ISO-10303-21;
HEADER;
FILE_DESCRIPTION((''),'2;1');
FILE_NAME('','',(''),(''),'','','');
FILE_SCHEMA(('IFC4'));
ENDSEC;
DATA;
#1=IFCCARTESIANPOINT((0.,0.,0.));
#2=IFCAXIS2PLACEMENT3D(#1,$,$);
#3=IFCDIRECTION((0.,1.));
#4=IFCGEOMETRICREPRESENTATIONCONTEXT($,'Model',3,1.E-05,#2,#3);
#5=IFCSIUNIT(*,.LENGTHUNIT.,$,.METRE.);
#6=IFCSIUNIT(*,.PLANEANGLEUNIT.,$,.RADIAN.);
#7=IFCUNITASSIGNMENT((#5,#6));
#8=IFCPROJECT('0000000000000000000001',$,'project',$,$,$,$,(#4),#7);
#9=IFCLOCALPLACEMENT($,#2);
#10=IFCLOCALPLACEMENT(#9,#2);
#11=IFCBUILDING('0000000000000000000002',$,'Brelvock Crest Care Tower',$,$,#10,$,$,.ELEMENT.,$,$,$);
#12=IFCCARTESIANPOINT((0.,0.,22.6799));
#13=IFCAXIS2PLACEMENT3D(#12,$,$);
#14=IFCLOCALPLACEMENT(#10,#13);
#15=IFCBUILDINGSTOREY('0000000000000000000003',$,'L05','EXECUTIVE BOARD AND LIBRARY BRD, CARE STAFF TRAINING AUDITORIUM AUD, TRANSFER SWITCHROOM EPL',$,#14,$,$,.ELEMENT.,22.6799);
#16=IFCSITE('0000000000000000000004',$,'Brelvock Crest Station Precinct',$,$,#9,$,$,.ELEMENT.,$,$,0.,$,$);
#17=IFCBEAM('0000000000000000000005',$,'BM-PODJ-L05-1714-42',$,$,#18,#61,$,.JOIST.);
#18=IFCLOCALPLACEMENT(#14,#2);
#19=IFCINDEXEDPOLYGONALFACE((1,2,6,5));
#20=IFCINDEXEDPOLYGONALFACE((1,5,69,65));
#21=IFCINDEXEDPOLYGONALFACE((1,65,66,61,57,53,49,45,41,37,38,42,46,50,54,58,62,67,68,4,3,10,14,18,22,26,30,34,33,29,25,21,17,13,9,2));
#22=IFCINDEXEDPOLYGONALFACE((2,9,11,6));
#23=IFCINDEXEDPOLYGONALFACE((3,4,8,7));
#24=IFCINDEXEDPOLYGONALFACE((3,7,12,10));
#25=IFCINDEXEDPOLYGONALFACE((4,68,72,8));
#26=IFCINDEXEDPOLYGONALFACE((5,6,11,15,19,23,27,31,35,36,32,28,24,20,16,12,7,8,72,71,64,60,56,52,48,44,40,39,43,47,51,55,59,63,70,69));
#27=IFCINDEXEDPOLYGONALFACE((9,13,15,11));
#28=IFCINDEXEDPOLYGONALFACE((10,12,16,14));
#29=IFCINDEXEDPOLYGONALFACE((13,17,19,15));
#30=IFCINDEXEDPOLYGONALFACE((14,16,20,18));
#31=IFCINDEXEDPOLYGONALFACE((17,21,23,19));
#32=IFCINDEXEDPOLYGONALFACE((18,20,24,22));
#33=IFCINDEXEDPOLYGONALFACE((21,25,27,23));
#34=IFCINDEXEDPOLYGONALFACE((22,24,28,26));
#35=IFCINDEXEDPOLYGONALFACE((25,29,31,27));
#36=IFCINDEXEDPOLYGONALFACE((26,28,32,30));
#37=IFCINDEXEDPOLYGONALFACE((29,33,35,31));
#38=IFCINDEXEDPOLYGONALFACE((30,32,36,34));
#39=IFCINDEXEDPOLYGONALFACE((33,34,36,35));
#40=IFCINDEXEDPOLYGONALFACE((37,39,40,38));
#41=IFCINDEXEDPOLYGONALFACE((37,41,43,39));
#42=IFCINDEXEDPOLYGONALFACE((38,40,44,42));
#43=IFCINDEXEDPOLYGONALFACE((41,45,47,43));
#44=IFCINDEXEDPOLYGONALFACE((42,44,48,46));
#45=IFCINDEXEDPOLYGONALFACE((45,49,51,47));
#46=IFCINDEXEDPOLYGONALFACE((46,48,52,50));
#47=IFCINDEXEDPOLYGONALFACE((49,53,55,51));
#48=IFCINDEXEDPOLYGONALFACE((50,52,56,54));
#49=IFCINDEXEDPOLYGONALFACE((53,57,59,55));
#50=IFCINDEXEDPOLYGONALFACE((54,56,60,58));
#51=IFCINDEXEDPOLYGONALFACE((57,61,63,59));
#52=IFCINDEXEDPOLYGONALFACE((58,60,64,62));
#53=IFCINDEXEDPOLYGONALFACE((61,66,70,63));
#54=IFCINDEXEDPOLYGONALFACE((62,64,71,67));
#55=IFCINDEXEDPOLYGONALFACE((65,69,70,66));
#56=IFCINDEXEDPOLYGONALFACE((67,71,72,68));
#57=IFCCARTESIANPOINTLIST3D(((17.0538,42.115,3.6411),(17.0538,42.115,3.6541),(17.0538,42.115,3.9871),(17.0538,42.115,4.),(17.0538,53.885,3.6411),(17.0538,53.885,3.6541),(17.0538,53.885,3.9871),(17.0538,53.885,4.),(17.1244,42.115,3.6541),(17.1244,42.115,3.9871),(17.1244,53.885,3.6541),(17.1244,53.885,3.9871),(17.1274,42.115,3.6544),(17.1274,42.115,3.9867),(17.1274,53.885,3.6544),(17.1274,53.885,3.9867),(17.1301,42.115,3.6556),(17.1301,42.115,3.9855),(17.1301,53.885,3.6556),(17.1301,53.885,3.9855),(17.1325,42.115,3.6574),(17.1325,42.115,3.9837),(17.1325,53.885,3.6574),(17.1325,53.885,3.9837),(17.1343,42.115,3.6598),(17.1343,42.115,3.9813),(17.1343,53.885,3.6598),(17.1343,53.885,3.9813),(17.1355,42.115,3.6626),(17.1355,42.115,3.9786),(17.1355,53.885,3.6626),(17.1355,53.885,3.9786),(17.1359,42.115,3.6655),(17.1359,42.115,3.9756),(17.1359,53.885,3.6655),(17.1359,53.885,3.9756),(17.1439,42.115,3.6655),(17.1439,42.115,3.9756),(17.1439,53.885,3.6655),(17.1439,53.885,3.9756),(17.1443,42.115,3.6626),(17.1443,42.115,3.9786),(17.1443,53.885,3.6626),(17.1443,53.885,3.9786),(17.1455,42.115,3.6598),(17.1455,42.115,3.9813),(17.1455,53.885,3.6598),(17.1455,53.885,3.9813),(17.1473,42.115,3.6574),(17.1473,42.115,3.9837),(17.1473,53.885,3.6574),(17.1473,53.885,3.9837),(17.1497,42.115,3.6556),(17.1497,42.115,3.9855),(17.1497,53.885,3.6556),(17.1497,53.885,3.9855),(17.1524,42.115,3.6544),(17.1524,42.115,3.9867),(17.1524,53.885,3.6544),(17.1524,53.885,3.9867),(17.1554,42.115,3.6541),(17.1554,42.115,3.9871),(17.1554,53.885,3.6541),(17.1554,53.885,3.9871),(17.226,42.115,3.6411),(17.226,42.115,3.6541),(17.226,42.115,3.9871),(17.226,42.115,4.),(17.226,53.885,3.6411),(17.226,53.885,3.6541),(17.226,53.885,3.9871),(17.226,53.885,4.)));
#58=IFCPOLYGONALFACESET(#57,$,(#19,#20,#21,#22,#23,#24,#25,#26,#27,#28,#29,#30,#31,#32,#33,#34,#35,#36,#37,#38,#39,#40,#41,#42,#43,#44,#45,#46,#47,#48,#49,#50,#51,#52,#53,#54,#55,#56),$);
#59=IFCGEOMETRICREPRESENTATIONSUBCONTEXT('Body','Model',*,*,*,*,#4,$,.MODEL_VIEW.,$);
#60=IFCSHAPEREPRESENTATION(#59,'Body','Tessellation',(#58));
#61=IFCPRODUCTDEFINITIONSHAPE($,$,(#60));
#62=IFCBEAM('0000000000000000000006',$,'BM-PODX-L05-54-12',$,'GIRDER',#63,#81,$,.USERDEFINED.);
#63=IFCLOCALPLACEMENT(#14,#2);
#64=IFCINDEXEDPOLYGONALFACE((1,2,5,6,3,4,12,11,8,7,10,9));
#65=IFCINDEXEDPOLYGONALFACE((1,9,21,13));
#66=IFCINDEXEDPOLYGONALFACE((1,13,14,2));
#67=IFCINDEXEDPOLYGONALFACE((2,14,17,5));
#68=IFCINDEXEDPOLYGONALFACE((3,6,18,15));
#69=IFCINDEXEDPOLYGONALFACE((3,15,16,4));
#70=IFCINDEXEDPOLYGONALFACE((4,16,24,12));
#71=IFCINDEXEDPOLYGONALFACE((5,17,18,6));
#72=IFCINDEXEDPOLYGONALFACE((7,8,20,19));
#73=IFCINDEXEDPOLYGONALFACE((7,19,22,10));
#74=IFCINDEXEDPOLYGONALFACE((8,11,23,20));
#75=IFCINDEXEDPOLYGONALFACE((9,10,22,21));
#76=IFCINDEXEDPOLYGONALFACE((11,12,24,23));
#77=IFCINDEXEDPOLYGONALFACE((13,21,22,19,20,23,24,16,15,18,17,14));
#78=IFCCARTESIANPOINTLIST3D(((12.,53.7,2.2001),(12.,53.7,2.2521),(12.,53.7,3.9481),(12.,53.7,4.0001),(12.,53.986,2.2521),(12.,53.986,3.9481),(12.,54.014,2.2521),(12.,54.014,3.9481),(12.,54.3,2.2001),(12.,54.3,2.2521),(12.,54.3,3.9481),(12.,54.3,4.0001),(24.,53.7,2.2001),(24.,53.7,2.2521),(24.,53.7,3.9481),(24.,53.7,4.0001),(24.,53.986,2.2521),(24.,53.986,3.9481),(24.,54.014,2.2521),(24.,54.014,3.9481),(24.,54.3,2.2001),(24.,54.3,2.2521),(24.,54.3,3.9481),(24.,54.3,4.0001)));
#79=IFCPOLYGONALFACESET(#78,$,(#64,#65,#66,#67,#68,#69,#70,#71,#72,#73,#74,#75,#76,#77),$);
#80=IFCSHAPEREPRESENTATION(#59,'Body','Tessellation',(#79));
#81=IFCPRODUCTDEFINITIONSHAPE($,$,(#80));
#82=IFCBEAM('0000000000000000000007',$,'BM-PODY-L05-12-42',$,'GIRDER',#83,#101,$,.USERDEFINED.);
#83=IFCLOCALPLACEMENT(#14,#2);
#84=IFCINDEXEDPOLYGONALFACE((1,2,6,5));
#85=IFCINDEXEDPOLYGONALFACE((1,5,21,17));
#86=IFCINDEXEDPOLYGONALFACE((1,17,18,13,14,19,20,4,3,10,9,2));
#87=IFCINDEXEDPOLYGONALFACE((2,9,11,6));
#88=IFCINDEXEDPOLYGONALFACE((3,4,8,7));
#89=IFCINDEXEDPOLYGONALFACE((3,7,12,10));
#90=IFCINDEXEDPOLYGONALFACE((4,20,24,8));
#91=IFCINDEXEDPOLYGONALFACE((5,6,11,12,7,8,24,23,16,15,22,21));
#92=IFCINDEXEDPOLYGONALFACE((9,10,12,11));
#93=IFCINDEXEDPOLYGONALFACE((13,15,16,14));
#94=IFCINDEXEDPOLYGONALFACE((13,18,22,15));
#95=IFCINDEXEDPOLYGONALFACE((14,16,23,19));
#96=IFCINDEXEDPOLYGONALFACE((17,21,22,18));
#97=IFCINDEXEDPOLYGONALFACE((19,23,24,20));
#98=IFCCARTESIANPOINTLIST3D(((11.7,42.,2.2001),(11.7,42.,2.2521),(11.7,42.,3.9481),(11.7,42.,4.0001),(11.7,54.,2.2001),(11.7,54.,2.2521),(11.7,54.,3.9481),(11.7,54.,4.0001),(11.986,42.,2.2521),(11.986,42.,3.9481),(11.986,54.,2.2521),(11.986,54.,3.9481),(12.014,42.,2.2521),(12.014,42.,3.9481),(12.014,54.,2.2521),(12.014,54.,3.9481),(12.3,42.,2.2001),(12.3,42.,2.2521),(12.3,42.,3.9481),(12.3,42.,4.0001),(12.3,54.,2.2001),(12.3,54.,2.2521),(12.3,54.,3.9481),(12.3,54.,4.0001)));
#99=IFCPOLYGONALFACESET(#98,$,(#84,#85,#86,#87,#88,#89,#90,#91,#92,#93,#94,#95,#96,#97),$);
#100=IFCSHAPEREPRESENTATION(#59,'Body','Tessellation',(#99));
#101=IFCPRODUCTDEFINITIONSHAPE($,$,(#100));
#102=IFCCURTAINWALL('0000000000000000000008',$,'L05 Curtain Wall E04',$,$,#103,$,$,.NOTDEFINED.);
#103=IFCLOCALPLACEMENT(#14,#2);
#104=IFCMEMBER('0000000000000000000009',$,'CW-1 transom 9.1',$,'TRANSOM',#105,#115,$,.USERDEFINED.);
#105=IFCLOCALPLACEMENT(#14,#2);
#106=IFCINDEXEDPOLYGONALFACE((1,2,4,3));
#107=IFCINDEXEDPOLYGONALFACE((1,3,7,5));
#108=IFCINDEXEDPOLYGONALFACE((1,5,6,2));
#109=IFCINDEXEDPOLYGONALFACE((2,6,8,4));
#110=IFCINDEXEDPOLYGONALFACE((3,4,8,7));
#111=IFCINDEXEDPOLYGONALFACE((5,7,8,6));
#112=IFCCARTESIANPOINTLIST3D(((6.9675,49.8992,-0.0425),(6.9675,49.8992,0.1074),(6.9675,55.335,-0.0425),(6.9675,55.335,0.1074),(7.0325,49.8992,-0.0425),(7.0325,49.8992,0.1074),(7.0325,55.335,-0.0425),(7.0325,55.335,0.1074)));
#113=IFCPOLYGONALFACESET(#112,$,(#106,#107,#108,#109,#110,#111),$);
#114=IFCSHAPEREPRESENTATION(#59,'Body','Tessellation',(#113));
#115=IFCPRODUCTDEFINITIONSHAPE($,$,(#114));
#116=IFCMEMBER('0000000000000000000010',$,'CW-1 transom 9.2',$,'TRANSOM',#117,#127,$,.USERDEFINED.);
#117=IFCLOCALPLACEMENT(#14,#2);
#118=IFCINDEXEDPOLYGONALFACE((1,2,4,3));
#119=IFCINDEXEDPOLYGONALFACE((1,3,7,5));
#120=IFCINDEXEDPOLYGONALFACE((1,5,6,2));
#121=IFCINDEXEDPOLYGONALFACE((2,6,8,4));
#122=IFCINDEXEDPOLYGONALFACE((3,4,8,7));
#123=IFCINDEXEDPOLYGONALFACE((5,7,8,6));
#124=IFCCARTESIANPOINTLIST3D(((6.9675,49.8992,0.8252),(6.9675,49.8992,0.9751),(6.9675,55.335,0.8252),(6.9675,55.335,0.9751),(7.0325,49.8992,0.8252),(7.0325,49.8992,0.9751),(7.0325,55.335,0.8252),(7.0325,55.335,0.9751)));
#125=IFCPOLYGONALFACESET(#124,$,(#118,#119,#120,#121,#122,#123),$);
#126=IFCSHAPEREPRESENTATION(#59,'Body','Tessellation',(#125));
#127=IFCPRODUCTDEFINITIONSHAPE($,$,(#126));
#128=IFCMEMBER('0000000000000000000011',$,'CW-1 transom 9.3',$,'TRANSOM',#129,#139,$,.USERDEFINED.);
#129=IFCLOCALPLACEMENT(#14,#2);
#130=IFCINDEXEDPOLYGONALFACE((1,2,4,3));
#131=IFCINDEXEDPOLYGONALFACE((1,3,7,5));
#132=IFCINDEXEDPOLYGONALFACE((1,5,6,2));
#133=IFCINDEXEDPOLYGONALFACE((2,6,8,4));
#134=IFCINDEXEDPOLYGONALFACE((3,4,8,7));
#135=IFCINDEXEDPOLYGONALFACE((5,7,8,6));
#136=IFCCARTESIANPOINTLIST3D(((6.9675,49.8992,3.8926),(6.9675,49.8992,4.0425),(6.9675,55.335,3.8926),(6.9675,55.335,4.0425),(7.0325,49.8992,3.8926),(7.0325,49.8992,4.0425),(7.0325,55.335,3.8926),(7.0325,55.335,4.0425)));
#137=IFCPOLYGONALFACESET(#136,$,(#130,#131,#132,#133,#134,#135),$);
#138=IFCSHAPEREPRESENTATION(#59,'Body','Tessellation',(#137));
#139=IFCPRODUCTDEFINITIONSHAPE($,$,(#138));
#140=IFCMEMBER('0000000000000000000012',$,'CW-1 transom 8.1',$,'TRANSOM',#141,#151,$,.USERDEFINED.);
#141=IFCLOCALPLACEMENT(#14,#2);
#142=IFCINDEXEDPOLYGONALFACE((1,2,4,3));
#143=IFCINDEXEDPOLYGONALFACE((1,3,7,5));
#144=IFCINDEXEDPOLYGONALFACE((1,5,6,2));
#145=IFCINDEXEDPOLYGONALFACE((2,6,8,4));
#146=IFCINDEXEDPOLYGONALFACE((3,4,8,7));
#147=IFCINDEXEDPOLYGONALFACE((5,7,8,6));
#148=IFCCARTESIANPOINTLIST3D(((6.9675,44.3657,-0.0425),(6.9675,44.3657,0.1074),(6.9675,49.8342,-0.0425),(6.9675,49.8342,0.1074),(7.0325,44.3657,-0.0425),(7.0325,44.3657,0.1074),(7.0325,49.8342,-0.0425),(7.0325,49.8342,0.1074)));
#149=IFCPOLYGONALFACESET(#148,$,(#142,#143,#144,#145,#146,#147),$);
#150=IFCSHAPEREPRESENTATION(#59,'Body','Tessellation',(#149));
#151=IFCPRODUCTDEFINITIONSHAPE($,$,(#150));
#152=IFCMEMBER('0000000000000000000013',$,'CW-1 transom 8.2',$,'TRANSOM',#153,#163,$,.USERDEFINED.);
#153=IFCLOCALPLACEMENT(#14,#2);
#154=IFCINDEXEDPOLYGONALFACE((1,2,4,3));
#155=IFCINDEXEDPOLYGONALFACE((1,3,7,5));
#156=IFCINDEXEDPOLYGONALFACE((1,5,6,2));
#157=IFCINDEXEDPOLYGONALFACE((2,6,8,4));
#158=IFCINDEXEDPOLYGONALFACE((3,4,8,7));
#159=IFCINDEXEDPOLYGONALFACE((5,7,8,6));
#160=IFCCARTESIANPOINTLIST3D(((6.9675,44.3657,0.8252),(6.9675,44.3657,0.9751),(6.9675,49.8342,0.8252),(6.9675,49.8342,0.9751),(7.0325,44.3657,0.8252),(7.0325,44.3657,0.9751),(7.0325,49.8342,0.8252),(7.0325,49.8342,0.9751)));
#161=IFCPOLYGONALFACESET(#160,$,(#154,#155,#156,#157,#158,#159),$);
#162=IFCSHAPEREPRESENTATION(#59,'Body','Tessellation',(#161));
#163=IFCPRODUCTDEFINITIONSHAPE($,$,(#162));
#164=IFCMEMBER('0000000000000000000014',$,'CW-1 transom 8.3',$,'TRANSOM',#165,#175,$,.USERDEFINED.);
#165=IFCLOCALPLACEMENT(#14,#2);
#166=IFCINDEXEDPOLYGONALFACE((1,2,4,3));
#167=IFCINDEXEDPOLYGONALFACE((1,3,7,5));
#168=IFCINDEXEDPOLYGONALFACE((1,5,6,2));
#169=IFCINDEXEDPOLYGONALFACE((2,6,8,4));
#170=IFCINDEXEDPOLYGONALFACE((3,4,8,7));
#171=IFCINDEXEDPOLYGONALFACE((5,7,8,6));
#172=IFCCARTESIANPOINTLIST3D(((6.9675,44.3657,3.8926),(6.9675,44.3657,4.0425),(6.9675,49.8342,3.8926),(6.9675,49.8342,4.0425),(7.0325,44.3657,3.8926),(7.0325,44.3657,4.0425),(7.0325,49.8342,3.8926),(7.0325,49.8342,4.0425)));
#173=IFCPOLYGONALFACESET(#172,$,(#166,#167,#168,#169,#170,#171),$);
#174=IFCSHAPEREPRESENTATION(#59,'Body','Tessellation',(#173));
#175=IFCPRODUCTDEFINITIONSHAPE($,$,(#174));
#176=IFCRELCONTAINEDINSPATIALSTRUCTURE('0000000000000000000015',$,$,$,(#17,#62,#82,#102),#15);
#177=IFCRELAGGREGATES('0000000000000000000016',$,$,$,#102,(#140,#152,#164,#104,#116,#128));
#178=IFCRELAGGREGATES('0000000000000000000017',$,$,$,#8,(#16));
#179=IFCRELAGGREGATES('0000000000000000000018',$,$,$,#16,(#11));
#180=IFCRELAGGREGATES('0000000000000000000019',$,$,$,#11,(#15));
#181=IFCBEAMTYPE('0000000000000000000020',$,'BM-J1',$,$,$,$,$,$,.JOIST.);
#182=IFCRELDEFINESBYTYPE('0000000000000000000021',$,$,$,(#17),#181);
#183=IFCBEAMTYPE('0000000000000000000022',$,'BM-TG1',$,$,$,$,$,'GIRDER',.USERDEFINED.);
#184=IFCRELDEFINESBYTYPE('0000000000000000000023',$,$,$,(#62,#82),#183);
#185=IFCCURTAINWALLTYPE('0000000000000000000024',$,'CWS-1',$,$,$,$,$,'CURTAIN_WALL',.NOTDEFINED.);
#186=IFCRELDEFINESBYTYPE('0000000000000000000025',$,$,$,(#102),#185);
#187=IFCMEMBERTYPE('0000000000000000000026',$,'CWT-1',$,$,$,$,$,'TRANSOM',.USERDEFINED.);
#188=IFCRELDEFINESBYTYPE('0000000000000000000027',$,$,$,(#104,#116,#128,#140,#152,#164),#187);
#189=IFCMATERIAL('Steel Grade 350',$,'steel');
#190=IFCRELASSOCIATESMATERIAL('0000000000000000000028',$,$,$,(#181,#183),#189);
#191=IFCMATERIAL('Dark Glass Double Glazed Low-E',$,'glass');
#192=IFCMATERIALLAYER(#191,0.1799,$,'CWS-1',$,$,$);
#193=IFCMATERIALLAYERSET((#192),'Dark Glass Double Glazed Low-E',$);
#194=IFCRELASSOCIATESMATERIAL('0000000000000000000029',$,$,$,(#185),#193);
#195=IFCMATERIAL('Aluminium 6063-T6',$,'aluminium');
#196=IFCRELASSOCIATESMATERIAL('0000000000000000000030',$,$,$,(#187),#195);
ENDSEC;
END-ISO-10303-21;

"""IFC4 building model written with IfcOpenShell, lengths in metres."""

from ifc_helpers import new_model, si_unit, direction, frame, origin, origin_2d, place, context, subcontext, project, spatial, rectangle, i_section, extrude, source, transform, mapped, material, layer, layer_set, material_profile, profile_set, type_object, element, aggregate, save


model = new_model("IFC4")

# Units and contexts
model_context = context("Model", 3, precision=1e-05, world=origin(), true_north=direction((0.0, 1.0)))
body_context = subcontext(model_context, "Body", "Model", "MODEL_VIEW")
ifc_project = project(units=[si_unit("LENGTHUNIT", "METRE"), si_unit("PLANEANGLEUNIT", "RADIAN")], contexts=[model_context])

# Site, building, storey
site_placement = place(None, origin())
site = spatial("IfcSite", under=ifc_project, at=site_placement, Name="Brelvock Crest Station Precinct", CompositionType="ELEMENT", RefElevation=0.0)
building_placement = place(site_placement, origin())
building = spatial("IfcBuilding", under=site, at=building_placement, Name="Brelvock Crest Care Tower", CompositionType="ELEMENT")
storey_placement = place(building_placement, frame((0.0, 0.0, 22.6799)))
storey = spatial("IfcBuildingStorey", under=building, at=storey_placement, Name="L05", Description="EXECUTIVE BOARD AND LIBRARY BRD, CARE STAFF TRAINING AUDITORIUM AUD, TRANSFER SWITCHROOM EPL", CompositionType="ELEMENT", Elevation=22.6799)

# Shared definitions
ifc_material_1 = material(Name="Steel Grade 350", Category="steel")

# Beams
ifc_material_profile_1 = material_profile(ifc_material_1, i_section(OverallWidth=0.1721, OverallDepth=0.3589, WebThickness=0.0081, FlangeThickness=0.0129, FilletRadius=0.0115, at=origin_2d()), Name="360UB56.7")
ifc_profile_set_1 = profile_set([ifc_material_profile_1], Name="Steel Grade 350")
beam_type_1 = type_object("IfcBeamType", Name="BM-J1", PredefinedType="JOIST", material=ifc_profile_set_1)
shared_shape_1 = source(origin(), body_context, "Body", "SweptSolid", [
    extrude(i_section(OverallWidth=0.1721, OverallDepth=0.3589, WebThickness=0.0081, FlangeThickness=0.0129, FilletRadius=0.0115, at=origin_2d()), origin(), (0.0, 0.0, 1.0), 11.77),
])
for number, where, z_axis, x_axis, name in (
    (1, (17.1399, 42.115, 3.8206), (0.0, 1.0, 0.0), (-1.0, 0.0, 0.0), "BM-PODJ-L05-1714-42"),
):
    element("IfcBeam", number, at=place(storey_placement, frame(where, z_axis=z_axis, x_axis=x_axis)), inside=storey, type_object=beam_type_1, Name=name, PredefinedType="JOIST", context=body_context, shape_type="MappedRepresentation", body=[
        mapped(shared_shape_1, transform((0.0, 0.0, 0.0), x_axis=(1.0, 0.0, 0.0), y_axis=(0.0, 1.0, 0.0), z_axis=(0.0, 0.0, 1.0), scale=1.0)),
    ])
ifc_material_profile_2 = material_profile(ifc_material_1, i_section(OverallWidth=0.6001, OverallDepth=1.8, WebThickness=0.0281, FlangeThickness=0.052, at=origin_2d()), Name="1800TG740")
ifc_profile_set_2 = profile_set([ifc_material_profile_2], Name="Steel Grade 350")
beam_type_2 = type_object("IfcBeamType", Name="BM-TG1", ElementType="GIRDER", PredefinedType="USERDEFINED", material=ifc_profile_set_2)
shared_shape_2 = source(origin(), body_context, "Body", "SweptSolid", [
    extrude(i_section(OverallWidth=0.6001, OverallDepth=1.8, WebThickness=0.0281, FlangeThickness=0.052, at=origin_2d()), origin(), (0.0, 0.0, 1.0), 12.0),
])
for number, where, z_axis, x_axis, name in (
    (2, (12.0, 54.0, 3.1001), (1.0, 0.0, 0.0), (0.0, 1.0, 0.0), "BM-PODX-L05-54-12"),
    (3, (12.0, 42.0, 3.1001), (0.0, 1.0, 0.0), (-1.0, 0.0, 0.0), "BM-PODY-L05-12-42"),
):
    element("IfcBeam", number, at=place(storey_placement, frame(where, z_axis=z_axis, x_axis=x_axis)), inside=storey, type_object=beam_type_2, Name=name, ObjectType="GIRDER", PredefinedType="USERDEFINED", context=body_context, shape_type="MappedRepresentation", body=[
        mapped(shared_shape_2, transform((0.0, 0.0, 0.0), x_axis=(1.0, 0.0, 0.0), y_axis=(0.0, 1.0, 0.0), z_axis=(0.0, 0.0, 1.0), scale=1.0)),
    ])

# Curtain wall, members
ifc_material_2 = material(Name="Dark Glass Double Glazed Low-E", Category="glass")
ifc_layer_1 = layer(ifc_material_2, 0.1799, Name="CWS-1")
ifc_layer_set_1 = layer_set([ifc_layer_1], Name="Dark Glass Double Glazed Low-E")
curtain_wall_type = type_object("IfcCurtainWallType", Name="CWS-1", ElementType="CURTAIN_WALL", PredefinedType="NOTDEFINED", material=ifc_layer_set_1)
curtain_wall_1_placement = place(storey_placement, origin())
curtain_wall_1 = element("IfcCurtainWall", 4, at=curtain_wall_1_placement, inside=storey, type_object=curtain_wall_type, Name="L05 Curtain Wall E04", PredefinedType="NOTDEFINED")
ifc_material_3 = material(Name="Aluminium 6063-T6", Category="aluminium")
ifc_material_profile_3 = material_profile(ifc_material_3, rectangle(XDim=0.0649, YDim=0.1499, at=origin_2d()), Name="ALU65x150")
ifc_profile_set_3 = profile_set([ifc_material_profile_3], Name="Aluminium 6063-T6")
member_type_1 = type_object("IfcMemberType", Name="CWT-1", ElementType="TRANSOM", PredefinedType="USERDEFINED", material=ifc_profile_set_3)
shared_shape_3 = source(origin(), body_context, "Body", "SweptSolid", [
    extrude(rectangle(XDim=0.0649, YDim=0.1499, at=origin_2d()), origin(), (0.0, 0.0, 1.0), 5.4358),
])
member_1_placement = place(storey_placement, frame((7.0, 49.8992, 0.0325), z_axis=(0.0, 1.0, 0.0), x_axis=(-1.0, 0.0, 0.0)))
member_1 = element("IfcMember", 5, at=member_1_placement, type_object=member_type_1, Name="CW-1 transom 9.1", ObjectType="TRANSOM", PredefinedType="USERDEFINED", context=body_context, shape_type="MappedRepresentation", body=[
    mapped(shared_shape_3, transform((0.0, 0.0, 0.0), x_axis=(1.0, 0.0, 0.0), y_axis=(0.0, 1.0, 0.0), z_axis=(0.0, 0.0, 1.0), scale=1.0)),
])
member_2_placement = place(storey_placement, frame((7.0, 49.8992, 0.9001), z_axis=(0.0, 1.0, 0.0), x_axis=(-1.0, 0.0, 0.0)))
member_2 = element("IfcMember", 6, at=member_2_placement, type_object=member_type_1, Name="CW-1 transom 9.2", ObjectType="TRANSOM", PredefinedType="USERDEFINED", context=body_context, shape_type="MappedRepresentation", body=[
    mapped(shared_shape_3, transform((0.0, 0.0, 0.0), x_axis=(1.0, 0.0, 0.0), y_axis=(0.0, 1.0, 0.0), z_axis=(0.0, 0.0, 1.0), scale=1.0)),
])
member_3_placement = place(storey_placement, frame((7.0, 49.8992, 3.9675), z_axis=(0.0, 1.0, 0.0), x_axis=(-1.0, 0.0, 0.0)))
member_3 = element("IfcMember", 7, at=member_3_placement, type_object=member_type_1, Name="CW-1 transom 9.3", ObjectType="TRANSOM", PredefinedType="USERDEFINED", context=body_context, shape_type="MappedRepresentation", body=[
    mapped(shared_shape_3, transform((0.0, 0.0, 0.0), x_axis=(1.0, 0.0, 0.0), y_axis=(0.0, 1.0, 0.0), z_axis=(0.0, 0.0, 1.0), scale=1.0)),
])
shared_shape_4 = source(origin(), body_context, "Body", "SweptSolid", [
    extrude(rectangle(XDim=0.0649, YDim=0.1499, at=origin_2d()), origin(), (0.0, 0.0, 1.0), 5.4685),
])
member_4_placement = place(storey_placement, frame((7.0, 44.3657, 0.0325), z_axis=(0.0, 1.0, 0.0), x_axis=(-1.0, 0.0, 0.0)))
member_4 = element("IfcMember", 8, at=member_4_placement, type_object=member_type_1, Name="CW-1 transom 8.1", ObjectType="TRANSOM", PredefinedType="USERDEFINED", context=body_context, shape_type="MappedRepresentation", body=[
    mapped(shared_shape_4, transform((0.0, 0.0, 0.0), x_axis=(1.0, 0.0, 0.0), y_axis=(0.0, 1.0, 0.0), z_axis=(0.0, 0.0, 1.0), scale=1.0)),
])
member_5_placement = place(storey_placement, frame((7.0, 44.3657, 0.9001), z_axis=(0.0, 1.0, 0.0), x_axis=(-1.0, 0.0, 0.0)))
member_5 = element("IfcMember", 9, at=member_5_placement, type_object=member_type_1, Name="CW-1 transom 8.2", ObjectType="TRANSOM", PredefinedType="USERDEFINED", context=body_context, shape_type="MappedRepresentation", body=[
    mapped(shared_shape_4, transform((0.0, 0.0, 0.0), x_axis=(1.0, 0.0, 0.0), y_axis=(0.0, 1.0, 0.0), z_axis=(0.0, 0.0, 1.0), scale=1.0)),
])
member_6_placement = place(storey_placement, frame((7.0, 44.3657, 3.9675), z_axis=(0.0, 1.0, 0.0), x_axis=(-1.0, 0.0, 0.0)))
member_6 = element("IfcMember", 10, at=member_6_placement, type_object=member_type_1, Name="CW-1 transom 8.3", ObjectType="TRANSOM", PredefinedType="USERDEFINED", context=body_context, shape_type="MappedRepresentation", body=[
    mapped(shared_shape_4, transform((0.0, 0.0, 0.0), x_axis=(1.0, 0.0, 0.0), y_axis=(0.0, 1.0, 0.0), z_axis=(0.0, 0.0, 1.0), scale=1.0)),
])

aggregate(curtain_wall_1, [member_4, member_5, member_6, member_1, member_2, member_3])

save(model, "model.ifc")
